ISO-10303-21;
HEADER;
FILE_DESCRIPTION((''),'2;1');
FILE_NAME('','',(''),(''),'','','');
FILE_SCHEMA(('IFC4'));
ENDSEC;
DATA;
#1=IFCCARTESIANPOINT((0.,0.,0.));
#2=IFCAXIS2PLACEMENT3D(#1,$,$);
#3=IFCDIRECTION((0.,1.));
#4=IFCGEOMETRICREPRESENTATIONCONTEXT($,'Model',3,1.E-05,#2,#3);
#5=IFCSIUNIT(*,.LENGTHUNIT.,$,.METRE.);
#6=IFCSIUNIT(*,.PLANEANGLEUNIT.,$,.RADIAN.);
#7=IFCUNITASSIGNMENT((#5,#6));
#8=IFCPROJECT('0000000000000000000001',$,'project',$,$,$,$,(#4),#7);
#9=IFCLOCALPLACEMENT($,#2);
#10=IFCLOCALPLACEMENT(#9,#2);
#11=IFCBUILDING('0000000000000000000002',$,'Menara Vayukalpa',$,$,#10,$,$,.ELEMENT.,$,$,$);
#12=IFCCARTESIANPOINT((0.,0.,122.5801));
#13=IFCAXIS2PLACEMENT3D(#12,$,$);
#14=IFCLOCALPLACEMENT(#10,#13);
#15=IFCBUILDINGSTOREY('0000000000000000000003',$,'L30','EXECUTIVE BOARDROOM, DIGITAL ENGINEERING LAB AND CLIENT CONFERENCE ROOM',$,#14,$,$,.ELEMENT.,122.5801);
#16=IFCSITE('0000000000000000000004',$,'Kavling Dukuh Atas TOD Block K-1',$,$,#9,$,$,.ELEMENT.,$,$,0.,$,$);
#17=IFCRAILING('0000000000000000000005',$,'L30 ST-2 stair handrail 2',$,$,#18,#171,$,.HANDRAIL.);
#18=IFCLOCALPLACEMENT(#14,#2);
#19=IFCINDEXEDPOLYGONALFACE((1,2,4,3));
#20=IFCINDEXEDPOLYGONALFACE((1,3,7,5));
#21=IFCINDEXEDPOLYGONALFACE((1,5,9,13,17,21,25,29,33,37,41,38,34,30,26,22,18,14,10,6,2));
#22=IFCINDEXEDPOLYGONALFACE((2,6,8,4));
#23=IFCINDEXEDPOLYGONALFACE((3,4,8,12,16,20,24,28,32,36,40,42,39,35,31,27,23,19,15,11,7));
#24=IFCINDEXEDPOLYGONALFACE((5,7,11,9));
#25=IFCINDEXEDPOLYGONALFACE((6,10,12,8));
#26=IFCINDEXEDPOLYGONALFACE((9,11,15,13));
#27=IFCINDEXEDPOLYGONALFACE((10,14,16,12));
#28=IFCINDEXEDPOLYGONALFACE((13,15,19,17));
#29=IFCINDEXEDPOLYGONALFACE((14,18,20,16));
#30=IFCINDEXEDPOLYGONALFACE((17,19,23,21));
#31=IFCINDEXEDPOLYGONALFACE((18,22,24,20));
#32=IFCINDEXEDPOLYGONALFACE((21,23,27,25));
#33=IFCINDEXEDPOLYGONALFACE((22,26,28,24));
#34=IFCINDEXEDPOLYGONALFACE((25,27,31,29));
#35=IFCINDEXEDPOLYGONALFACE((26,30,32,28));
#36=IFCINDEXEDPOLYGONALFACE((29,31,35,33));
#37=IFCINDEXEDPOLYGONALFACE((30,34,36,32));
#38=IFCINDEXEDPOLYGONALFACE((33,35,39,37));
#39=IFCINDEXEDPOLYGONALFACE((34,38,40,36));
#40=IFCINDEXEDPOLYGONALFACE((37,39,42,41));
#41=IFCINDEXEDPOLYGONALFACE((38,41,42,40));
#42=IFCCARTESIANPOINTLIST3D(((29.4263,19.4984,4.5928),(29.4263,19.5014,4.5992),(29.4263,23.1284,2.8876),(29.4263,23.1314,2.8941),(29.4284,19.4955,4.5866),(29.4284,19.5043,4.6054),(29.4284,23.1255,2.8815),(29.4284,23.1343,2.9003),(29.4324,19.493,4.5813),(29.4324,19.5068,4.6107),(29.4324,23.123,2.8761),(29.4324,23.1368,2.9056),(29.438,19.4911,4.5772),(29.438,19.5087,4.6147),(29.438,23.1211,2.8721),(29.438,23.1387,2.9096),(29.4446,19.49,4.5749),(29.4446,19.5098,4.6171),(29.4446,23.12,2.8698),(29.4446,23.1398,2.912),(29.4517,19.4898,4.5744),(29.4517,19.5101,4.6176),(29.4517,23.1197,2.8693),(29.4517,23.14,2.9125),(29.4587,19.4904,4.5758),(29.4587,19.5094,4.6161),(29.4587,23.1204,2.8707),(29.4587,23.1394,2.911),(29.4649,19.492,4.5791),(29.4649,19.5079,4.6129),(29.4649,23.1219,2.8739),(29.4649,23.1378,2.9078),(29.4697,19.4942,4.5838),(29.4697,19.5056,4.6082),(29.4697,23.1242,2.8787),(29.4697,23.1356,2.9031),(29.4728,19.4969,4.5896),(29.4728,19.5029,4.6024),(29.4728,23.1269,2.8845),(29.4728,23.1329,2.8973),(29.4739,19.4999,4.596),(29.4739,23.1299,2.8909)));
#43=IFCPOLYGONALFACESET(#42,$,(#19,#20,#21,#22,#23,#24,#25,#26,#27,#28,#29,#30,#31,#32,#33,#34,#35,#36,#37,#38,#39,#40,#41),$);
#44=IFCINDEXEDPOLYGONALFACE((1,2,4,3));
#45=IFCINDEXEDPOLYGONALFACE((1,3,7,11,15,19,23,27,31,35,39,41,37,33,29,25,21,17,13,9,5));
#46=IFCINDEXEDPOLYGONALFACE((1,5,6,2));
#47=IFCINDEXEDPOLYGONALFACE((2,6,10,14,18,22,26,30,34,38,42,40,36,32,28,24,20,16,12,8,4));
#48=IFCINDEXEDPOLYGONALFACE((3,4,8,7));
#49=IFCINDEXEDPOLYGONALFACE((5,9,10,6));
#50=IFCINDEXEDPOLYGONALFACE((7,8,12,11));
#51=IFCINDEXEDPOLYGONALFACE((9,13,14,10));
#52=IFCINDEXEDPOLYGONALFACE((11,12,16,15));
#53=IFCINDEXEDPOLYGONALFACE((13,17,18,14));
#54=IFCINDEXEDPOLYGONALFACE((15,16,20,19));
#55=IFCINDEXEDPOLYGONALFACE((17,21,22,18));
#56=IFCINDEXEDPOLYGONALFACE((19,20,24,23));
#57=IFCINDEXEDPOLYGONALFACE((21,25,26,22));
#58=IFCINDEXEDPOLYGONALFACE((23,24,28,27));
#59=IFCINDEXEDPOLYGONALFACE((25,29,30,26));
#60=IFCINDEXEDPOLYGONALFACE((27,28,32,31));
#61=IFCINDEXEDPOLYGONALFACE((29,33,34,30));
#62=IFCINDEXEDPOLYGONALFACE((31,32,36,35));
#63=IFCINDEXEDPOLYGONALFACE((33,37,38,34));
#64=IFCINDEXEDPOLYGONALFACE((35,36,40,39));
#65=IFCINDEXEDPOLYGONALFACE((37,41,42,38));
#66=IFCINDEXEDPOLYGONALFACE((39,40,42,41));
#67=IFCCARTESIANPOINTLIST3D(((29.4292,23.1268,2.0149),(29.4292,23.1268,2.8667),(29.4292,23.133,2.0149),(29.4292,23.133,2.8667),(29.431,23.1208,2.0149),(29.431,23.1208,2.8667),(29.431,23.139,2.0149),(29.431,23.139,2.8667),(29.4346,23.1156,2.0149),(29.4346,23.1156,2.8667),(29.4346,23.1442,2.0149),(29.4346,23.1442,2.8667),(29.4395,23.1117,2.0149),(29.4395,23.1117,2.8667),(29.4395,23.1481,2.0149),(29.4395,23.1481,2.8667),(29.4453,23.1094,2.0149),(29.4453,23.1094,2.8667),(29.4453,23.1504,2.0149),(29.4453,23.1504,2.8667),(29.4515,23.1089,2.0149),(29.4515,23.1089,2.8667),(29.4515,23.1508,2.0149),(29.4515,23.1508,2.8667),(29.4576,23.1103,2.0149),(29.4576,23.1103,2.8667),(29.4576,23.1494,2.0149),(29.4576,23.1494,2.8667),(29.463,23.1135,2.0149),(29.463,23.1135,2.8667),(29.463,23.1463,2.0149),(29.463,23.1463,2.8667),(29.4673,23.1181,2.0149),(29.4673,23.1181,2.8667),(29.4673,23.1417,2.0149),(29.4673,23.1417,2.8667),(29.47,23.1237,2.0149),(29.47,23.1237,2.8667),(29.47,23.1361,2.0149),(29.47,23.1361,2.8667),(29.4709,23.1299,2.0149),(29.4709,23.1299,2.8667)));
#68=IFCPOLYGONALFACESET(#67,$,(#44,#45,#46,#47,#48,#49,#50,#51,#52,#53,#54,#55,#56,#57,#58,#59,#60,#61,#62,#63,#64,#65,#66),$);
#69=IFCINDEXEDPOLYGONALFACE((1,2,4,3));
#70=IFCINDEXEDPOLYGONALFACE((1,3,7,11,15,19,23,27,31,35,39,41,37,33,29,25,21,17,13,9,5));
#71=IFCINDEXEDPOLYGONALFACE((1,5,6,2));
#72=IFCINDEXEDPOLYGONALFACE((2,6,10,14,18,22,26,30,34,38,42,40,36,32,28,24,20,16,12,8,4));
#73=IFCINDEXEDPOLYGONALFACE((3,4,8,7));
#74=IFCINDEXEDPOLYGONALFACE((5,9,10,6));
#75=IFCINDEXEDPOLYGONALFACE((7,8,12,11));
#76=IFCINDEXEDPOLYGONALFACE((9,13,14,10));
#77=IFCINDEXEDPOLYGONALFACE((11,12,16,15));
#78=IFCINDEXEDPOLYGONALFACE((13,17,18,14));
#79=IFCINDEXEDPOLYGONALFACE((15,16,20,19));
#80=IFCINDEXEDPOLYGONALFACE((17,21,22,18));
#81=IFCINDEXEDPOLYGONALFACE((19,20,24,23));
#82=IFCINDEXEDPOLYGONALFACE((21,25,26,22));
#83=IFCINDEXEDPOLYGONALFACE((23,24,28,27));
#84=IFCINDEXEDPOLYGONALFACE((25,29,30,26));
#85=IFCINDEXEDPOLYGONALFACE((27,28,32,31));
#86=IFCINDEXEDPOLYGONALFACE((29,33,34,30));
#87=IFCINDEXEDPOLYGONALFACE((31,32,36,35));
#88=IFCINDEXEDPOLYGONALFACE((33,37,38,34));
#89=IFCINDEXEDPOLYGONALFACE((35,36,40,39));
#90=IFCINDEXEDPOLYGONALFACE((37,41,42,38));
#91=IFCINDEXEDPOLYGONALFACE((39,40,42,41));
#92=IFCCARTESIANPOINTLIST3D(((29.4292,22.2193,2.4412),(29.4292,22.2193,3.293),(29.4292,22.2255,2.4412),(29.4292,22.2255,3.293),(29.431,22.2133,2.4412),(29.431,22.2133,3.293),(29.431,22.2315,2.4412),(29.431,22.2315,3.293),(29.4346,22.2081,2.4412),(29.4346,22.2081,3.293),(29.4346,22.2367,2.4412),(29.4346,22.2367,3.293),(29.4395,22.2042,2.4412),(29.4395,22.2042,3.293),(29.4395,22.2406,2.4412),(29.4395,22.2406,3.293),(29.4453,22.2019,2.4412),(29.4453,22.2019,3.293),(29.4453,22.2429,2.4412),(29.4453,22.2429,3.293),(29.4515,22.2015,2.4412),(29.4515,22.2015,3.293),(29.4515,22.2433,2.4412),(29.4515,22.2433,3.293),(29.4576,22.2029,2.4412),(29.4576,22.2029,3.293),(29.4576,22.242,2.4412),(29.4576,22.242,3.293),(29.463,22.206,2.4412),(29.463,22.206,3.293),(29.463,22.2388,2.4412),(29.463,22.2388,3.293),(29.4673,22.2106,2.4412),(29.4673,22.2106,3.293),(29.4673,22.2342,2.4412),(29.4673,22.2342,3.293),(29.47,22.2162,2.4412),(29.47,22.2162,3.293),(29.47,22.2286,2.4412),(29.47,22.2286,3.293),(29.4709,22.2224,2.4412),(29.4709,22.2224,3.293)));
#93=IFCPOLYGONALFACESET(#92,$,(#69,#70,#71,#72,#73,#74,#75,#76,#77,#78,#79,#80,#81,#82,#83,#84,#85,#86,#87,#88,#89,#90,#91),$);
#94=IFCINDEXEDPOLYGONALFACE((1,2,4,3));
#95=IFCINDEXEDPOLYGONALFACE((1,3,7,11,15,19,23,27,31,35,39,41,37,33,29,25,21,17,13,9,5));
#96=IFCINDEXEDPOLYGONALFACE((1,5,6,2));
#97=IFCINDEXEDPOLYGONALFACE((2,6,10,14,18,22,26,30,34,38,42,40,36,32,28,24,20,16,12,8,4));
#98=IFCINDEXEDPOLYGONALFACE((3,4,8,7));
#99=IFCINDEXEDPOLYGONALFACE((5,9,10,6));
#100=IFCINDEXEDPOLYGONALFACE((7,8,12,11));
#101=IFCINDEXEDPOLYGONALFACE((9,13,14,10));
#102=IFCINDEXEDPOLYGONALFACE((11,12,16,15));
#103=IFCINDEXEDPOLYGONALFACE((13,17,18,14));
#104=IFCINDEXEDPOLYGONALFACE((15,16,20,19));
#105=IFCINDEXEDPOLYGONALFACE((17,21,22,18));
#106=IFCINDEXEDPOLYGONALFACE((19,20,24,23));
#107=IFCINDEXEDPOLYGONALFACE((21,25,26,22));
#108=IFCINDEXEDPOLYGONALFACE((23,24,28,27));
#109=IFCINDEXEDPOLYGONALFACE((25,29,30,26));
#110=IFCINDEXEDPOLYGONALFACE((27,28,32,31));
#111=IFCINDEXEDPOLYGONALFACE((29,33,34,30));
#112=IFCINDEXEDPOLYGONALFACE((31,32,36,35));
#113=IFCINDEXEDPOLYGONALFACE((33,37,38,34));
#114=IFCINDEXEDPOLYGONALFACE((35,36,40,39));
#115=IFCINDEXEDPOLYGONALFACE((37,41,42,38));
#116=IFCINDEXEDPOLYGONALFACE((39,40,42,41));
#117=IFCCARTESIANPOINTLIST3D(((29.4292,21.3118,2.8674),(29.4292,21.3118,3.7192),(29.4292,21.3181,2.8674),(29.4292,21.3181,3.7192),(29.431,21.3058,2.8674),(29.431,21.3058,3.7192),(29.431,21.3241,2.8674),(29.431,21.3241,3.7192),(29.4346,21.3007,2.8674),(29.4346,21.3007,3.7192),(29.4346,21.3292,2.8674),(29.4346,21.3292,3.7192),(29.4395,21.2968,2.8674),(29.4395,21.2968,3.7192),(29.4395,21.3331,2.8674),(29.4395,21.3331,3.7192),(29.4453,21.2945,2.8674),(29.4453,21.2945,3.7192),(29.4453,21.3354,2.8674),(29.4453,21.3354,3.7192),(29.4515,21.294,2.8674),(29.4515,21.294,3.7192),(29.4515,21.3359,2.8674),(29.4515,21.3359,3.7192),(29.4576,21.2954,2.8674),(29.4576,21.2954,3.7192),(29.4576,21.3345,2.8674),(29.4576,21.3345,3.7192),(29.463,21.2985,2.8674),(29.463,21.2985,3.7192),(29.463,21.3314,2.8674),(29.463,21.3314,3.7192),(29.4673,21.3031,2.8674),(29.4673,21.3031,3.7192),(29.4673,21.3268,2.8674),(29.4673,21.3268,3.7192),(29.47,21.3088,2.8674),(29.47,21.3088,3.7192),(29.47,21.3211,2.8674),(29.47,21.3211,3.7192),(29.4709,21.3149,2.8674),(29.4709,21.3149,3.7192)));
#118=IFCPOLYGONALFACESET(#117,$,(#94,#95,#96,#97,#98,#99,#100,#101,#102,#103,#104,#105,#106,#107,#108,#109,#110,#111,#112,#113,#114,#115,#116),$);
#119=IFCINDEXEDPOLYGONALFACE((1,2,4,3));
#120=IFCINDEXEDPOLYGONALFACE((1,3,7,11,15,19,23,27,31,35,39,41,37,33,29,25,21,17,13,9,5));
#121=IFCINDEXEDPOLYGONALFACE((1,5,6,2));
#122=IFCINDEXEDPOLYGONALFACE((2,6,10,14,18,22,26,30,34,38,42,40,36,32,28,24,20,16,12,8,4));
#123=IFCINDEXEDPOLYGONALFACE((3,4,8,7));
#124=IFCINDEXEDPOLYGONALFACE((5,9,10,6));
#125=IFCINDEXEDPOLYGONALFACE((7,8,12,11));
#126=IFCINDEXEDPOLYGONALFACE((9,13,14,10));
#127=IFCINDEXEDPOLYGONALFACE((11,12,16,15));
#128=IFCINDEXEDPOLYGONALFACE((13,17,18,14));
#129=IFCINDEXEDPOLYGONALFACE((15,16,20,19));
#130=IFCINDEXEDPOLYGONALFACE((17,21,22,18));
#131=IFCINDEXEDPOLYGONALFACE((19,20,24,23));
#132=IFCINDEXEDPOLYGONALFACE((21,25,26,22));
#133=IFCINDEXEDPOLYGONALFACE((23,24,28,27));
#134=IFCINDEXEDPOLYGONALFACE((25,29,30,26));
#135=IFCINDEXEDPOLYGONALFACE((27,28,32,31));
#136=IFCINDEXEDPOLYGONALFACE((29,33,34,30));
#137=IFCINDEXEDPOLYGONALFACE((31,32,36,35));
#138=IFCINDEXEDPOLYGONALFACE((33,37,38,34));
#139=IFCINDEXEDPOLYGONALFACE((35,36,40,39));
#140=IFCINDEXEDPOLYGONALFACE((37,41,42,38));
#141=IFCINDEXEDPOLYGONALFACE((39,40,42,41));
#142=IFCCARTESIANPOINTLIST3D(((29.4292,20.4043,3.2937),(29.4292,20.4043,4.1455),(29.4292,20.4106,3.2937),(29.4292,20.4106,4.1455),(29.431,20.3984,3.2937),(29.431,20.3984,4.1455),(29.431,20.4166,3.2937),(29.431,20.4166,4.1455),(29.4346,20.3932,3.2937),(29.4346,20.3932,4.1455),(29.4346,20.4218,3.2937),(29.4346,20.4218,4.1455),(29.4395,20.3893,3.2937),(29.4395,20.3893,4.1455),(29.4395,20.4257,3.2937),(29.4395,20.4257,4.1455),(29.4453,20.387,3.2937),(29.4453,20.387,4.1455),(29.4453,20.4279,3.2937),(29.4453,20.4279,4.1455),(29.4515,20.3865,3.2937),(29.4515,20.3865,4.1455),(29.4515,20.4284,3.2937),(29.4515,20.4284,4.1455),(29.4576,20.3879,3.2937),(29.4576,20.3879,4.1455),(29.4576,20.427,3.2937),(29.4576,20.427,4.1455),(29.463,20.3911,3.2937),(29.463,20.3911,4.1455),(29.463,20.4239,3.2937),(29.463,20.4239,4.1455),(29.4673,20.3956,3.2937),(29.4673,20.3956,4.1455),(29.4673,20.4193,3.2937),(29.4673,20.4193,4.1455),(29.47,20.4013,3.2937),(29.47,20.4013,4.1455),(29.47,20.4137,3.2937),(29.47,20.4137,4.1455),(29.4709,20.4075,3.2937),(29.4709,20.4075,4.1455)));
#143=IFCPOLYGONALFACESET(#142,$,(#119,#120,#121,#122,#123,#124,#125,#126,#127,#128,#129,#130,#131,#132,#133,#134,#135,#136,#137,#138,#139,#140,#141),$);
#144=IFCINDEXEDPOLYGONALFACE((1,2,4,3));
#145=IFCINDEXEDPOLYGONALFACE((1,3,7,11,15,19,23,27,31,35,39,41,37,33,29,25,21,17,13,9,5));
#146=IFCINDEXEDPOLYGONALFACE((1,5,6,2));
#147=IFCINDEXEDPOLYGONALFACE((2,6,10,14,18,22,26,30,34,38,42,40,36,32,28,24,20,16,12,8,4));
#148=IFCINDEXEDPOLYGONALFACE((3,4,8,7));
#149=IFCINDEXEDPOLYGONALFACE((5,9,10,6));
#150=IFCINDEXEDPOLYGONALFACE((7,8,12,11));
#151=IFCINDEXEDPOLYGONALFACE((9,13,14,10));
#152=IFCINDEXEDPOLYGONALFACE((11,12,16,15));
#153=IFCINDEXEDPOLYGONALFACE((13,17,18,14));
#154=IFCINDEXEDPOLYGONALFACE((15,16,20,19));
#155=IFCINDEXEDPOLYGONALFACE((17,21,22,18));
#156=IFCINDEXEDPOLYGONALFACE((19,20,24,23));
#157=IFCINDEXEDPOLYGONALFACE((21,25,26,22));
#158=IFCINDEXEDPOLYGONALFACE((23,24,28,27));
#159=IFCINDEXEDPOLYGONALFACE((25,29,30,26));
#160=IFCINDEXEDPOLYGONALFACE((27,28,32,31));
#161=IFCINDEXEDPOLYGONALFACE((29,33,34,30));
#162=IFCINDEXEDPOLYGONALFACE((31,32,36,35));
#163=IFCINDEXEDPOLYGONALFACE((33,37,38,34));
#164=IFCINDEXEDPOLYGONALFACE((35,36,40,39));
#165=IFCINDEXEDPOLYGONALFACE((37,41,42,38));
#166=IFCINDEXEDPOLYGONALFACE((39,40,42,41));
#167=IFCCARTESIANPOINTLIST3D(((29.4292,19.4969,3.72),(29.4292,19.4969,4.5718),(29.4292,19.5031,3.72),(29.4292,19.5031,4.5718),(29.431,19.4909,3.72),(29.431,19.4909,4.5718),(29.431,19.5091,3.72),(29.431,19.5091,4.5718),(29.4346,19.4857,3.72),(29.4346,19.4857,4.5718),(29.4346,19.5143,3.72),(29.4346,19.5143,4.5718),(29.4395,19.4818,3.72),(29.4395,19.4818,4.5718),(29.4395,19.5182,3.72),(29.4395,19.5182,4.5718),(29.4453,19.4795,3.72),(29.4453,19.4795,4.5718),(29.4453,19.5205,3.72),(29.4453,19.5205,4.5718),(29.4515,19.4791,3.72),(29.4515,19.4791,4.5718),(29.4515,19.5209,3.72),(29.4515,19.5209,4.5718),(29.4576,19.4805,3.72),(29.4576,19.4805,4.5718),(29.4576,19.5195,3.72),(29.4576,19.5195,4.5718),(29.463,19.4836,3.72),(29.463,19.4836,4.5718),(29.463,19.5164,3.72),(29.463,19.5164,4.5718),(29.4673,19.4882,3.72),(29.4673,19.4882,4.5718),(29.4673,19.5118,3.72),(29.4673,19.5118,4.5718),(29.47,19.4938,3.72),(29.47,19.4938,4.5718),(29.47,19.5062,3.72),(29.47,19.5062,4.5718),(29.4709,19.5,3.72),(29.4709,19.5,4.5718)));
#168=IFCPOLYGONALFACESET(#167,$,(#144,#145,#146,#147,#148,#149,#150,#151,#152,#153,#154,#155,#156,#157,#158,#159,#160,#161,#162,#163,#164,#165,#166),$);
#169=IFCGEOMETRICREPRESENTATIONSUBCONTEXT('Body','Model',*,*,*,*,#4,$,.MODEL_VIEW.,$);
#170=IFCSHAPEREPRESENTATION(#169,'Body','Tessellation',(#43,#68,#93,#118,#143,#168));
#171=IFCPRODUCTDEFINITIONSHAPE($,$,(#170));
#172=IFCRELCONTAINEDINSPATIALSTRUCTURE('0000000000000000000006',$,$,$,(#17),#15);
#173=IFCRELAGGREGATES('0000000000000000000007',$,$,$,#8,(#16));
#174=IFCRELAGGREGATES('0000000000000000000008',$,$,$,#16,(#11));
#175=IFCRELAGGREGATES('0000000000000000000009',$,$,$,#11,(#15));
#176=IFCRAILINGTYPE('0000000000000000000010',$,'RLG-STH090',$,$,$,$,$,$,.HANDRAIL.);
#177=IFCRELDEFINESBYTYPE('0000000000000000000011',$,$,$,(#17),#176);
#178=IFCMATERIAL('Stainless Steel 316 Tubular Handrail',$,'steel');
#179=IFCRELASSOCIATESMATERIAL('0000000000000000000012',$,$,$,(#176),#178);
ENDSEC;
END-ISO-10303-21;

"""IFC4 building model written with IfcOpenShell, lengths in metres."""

from ifc_helpers import new_model, si_unit, direction, frame, origin, origin_2d, place, context, subcontext, project, spatial, circle, extrude, material, type_object, element, save


model = new_model("IFC4")

# Units and contexts
model_context = context("Model", 3, precision=1e-05, world=origin(), true_north=direction((0.0, 1.0)))
body_context = subcontext(model_context, "Body", "Model", "MODEL_VIEW")
ifc_project = project(units=[si_unit("LENGTHUNIT", "METRE"), si_unit("PLANEANGLEUNIT", "RADIAN")], contexts=[model_context])

# Site, building, storey
site_placement = place(None, origin())
site = spatial("IfcSite", under=ifc_project, at=site_placement, Name="Kavling Dukuh Atas TOD Block K-1", CompositionType="ELEMENT", RefElevation=0.0)
building_placement = place(site_placement, origin())
building = spatial("IfcBuilding", under=site, at=building_placement, Name="Menara Vayukalpa", CompositionType="ELEMENT")
storey_placement = place(building_placement, frame((0.0, 0.0, 122.5801)))
storey = spatial("IfcBuildingStorey", under=building, at=storey_placement, Name="L30", Description="EXECUTIVE BOARDROOM, DIGITAL ENGINEERING LAB AND CLIENT CONFERENCE ROOM", CompositionType="ELEMENT", Elevation=122.5801)

# Railing
ifc_material_1 = material(Name="Stainless Steel 316 Tubular Handrail", Category="steel")
railing_type_1 = type_object("IfcRailingType", Name="RLG-STH090", PredefinedType="HANDRAIL", material=ifc_material_1)
railing_1_placement = place(storey_placement, frame((29.45, 23.1299, 2.0149)))
element("IfcRailing", 1, at=railing_1_placement, inside=storey, type_object=railing_type_1, Name="L30 ST-2 stair handrail 2", PredefinedType="HANDRAIL", context=body_context, shape_type="SweptSolid", body=[
    extrude(circle(Radius=0.0239, at=origin_2d()), frame((0.0, 0.0, 0.876), z_axis=(0.0, -0.905116, 0.425164), x_axis=(1.0, 0.0, 0.0)), (0.0, 0.0, 1.0), 4.0105),
    extrude(circle(Radius=0.021, at=origin_2d()), origin(), (0.0, 0.0, 1.0), 0.8518),
    extrude(circle(Radius=0.021, at=origin_2d()), frame((0.0, -0.9075, 0.4263)), (0.0, 0.0, 1.0), 0.8518),
    extrude(circle(Radius=0.021, at=origin_2d()), frame((0.0, -1.8149, 0.8525)), (0.0, 0.0, 1.0), 0.8518),
    extrude(circle(Radius=0.021, at=origin_2d()), frame((0.0, -2.7224, 1.2788)), (0.0, 0.0, 1.0), 0.8518),
    extrude(circle(Radius=0.021, at=origin_2d()), frame((0.0, -3.6299, 1.7051)), (0.0, 0.0, 1.0), 0.8518),
])

save(model, "model.ifc")
